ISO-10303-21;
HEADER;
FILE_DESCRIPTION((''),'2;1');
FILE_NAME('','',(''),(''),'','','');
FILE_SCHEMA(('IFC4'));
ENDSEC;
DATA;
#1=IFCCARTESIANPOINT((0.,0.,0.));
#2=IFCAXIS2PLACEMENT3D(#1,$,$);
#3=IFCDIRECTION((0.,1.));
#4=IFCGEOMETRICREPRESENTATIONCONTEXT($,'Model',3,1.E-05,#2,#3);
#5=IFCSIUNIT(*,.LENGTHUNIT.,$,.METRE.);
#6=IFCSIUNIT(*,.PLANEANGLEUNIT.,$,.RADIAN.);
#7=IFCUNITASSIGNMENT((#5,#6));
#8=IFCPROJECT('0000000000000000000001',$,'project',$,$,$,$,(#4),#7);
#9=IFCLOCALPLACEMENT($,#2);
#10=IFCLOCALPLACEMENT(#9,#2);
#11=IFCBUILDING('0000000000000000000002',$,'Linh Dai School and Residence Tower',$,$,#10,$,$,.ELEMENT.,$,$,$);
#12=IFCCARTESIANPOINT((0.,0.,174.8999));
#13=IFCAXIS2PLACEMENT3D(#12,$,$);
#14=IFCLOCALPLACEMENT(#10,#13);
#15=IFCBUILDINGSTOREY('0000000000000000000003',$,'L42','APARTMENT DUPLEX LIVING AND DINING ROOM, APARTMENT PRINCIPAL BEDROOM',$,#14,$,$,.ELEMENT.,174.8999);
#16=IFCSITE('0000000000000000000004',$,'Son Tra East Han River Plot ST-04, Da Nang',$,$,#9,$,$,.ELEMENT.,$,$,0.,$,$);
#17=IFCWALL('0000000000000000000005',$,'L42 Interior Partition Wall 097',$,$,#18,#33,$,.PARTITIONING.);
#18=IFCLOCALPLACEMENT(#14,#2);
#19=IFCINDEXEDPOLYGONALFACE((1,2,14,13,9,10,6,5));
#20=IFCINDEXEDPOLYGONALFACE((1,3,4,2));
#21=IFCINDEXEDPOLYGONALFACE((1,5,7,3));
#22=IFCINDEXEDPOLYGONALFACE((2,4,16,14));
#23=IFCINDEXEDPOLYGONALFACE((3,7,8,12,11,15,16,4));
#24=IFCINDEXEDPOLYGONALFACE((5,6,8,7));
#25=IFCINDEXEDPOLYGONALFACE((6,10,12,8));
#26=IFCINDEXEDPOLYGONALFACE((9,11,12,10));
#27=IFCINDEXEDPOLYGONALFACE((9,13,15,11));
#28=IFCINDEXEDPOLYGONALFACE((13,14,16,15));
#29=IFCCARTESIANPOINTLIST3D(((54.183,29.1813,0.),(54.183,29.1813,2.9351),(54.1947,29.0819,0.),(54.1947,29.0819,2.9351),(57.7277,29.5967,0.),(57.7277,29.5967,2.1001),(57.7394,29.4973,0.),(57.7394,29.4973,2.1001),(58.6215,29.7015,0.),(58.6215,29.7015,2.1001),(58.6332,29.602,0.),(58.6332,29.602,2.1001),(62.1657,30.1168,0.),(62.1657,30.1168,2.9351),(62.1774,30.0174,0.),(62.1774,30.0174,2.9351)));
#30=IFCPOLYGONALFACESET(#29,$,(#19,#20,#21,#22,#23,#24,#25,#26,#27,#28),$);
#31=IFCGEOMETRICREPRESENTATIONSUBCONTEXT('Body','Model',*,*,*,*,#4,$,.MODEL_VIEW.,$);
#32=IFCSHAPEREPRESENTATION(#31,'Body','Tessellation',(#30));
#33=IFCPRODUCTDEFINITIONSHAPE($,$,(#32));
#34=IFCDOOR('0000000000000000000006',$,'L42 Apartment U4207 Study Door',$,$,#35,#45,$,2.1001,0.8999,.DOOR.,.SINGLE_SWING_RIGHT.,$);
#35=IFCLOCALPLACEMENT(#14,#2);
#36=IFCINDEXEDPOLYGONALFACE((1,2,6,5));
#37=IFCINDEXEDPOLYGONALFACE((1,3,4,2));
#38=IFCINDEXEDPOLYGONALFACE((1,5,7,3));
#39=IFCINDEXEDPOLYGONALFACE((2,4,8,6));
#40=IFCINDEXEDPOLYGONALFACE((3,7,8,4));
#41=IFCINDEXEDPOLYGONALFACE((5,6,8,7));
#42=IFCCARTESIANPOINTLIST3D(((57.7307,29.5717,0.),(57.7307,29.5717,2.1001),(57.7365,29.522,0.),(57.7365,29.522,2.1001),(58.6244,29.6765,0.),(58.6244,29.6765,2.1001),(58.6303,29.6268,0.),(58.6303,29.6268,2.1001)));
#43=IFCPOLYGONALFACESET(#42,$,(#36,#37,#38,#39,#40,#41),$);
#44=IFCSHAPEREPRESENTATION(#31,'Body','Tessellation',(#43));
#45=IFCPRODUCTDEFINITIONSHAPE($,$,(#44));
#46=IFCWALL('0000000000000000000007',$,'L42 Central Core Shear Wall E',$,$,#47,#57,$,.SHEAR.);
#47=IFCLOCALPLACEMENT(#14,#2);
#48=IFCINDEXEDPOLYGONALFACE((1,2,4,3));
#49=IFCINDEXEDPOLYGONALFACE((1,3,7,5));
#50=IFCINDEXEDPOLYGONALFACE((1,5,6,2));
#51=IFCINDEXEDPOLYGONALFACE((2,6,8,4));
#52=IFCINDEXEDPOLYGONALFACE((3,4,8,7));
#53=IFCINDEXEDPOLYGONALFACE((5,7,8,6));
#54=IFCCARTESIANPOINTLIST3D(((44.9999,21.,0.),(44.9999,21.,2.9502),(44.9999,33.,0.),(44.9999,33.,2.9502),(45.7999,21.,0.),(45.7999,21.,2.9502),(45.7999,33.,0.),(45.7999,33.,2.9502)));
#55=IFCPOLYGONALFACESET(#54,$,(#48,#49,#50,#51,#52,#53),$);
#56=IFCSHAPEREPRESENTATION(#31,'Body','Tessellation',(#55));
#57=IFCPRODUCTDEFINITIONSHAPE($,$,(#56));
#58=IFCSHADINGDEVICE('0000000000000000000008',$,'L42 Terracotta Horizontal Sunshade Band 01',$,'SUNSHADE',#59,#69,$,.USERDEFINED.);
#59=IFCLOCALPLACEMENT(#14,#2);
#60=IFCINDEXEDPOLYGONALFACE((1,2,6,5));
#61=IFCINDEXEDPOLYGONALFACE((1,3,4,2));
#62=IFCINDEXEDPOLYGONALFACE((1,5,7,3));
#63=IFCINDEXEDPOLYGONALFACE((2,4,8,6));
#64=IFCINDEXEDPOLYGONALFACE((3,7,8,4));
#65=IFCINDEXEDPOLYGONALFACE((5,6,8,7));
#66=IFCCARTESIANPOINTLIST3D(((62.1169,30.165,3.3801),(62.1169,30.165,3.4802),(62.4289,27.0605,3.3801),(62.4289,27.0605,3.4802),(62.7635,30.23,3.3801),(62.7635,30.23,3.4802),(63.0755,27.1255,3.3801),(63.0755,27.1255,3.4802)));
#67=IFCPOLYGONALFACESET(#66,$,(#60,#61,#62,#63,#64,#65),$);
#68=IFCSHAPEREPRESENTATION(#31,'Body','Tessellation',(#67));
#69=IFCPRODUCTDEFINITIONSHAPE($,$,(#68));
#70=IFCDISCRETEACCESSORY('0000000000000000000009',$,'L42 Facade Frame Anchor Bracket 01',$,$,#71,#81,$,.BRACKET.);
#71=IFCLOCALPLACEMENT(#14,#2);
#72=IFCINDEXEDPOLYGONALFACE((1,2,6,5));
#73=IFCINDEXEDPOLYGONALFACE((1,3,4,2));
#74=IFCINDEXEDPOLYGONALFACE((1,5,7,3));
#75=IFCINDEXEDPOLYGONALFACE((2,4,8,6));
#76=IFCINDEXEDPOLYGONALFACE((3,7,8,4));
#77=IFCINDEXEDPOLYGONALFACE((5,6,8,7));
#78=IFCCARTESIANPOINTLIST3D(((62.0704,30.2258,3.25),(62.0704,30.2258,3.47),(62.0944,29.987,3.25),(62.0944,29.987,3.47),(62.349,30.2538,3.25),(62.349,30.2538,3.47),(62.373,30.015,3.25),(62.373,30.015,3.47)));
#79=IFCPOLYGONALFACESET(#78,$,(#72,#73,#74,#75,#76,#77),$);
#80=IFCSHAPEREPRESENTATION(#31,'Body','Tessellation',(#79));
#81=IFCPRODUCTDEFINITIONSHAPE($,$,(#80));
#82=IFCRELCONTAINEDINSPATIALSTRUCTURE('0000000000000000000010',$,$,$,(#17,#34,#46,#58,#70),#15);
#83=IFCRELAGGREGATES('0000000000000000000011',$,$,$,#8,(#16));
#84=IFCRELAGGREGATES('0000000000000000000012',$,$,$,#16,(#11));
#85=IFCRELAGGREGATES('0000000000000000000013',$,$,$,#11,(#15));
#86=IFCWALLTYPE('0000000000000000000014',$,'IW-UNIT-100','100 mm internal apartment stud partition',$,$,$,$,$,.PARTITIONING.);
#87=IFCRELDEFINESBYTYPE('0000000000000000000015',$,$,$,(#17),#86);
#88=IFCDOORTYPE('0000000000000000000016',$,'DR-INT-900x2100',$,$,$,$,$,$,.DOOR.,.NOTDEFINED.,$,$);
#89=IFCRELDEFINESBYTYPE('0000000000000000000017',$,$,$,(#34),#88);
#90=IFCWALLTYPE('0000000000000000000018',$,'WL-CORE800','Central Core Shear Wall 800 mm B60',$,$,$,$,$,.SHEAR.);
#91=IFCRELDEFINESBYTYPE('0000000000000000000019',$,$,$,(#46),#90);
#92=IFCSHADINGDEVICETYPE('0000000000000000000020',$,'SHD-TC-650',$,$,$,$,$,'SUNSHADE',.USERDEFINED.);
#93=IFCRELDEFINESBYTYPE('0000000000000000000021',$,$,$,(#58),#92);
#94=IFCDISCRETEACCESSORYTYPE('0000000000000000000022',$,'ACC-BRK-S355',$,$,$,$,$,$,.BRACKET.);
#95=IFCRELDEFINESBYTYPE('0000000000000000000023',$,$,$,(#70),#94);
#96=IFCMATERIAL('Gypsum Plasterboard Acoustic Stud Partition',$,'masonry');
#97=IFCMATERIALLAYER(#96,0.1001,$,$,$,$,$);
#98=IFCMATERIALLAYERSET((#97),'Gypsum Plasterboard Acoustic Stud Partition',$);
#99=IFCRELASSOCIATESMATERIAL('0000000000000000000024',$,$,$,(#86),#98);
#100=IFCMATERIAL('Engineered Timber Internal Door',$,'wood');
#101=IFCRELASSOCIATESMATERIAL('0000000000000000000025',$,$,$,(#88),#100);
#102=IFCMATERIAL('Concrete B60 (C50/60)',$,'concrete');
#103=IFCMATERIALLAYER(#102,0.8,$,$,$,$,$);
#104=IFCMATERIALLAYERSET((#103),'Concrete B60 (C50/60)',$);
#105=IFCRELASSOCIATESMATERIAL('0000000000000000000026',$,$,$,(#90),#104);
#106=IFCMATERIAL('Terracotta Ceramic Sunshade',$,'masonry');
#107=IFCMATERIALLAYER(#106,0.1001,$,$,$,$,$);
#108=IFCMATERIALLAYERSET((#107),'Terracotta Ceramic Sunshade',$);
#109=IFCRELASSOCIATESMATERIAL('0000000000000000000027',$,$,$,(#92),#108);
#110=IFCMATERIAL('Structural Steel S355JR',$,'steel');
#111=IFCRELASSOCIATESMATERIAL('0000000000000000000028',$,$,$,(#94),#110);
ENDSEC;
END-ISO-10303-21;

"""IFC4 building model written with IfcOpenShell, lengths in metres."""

from ifc_helpers import new_model, si_unit, direction, frame, frame_2d, origin, origin_2d, place, context, subcontext, project, spatial, rectangle, extrude, source, transform, mapped, material, layer, layer_set, type_object, element, fill, save


model = new_model("IFC4")

# Units and contexts
model_context = context("Model", 3, precision=1e-05, world=origin(), true_north=direction((0.0, 1.0)))
body_context = subcontext(model_context, "Body", "Model", "MODEL_VIEW")
ifc_project = project(units=[si_unit("LENGTHUNIT", "METRE"), si_unit("PLANEANGLEUNIT", "RADIAN")], contexts=[model_context])

# Site, building, storey
site_placement = place(None, origin())
site = spatial("IfcSite", under=ifc_project, at=site_placement, Name="Son Tra East Han River Plot ST-04, Da Nang", CompositionType="ELEMENT", RefElevation=0.0)
building_placement = place(site_placement, origin())
building = spatial("IfcBuilding", under=site, at=building_placement, Name="Linh Dai School and Residence Tower", CompositionType="ELEMENT")
storey_placement = place(building_placement, frame((0.0, 0.0, 174.8999)))
storey = spatial("IfcBuildingStorey", under=building, at=storey_placement, Name="L42", Description="APARTMENT DUPLEX LIVING AND DINING ROOM, APARTMENT PRINCIPAL BEDROOM", CompositionType="ELEMENT", Elevation=174.8999)

# Shared definitions
ifc_material_1 = material(Name="Concrete B60 (C50/60)", Category="concrete")
ifc_material_2 = material(Name="Structural Steel S355JR", Category="steel")

# Shared definitions
ifc_material_3 = material(Name="Gypsum Plasterboard Acoustic Stud Partition", Category="masonry")
ifc_layer_1 = layer(ifc_material_3, 0.1001)
ifc_layer_set_1 = layer_set([ifc_layer_1], Name="Gypsum Plasterboard Acoustic Stud Partition")
wall_type_1 = type_object("IfcWallType", Name="IW-UNIT-100", Description="100 mm internal apartment stud partition", PredefinedType="PARTITIONING", material=ifc_layer_set_1)

# Wall, opening, door
wall_1_placement = place(storey_placement, frame((54.189, 29.1316, 0.0), z_axis=(0.0, 0.0, 1.0), x_axis=(0.993202, 0.116401, 0.0)))
wall_1 = element("IfcWall", 1, at=wall_1_placement, inside=storey, type_object=wall_type_1, Name="L42 Interior Partition Wall 097", PredefinedType="PARTITIONING", context=body_context, shape_type="SweptSolid", body=[
    extrude(rectangle(XDim=8.0374, YDim=0.1001, at=frame_2d((4.0186, 0.0))), origin(), (0.0, 0.0, 1.0), 2.9351),
])
opening_placement = place(wall_1_placement, frame((3.5688, 0.0, 0.0)))
opening = element("IfcOpeningElement", 2, at=opening_placement, cuts=wall_1, PredefinedType="OPENING", context=body_context, shape_type="SweptSolid", body=[
    extrude(rectangle(XDim=0.8999, YDim=2.1001, at=origin_2d()), frame((0.45, 0.0601, 1.05), z_axis=(0.0, -1.0, 0.0), x_axis=(1.0, 0.0, 0.0)), (0.0, 0.0, 1.0), 0.1201),
])
ifc_material_4 = material(Name="Engineered Timber Internal Door", Category="wood")
door_type = type_object("IfcDoorType", Name="DR-INT-900x2100", OperationType="NOTDEFINED", PredefinedType="DOOR", material=ifc_material_4)
shared_shape_1 = source(origin(), body_context, "Body", "SweptSolid", [
    extrude(rectangle(XDim=0.8999, YDim=2.1001, at=origin_2d()), frame((0.45, 0.0249, 1.05), z_axis=(0.0, -1.0, 0.0), x_axis=(1.0, 0.0, 0.0)), (0.0, 0.0, 1.0), 0.05),
])
door_placement = place(opening_placement, origin())
door = element("IfcDoor", 3, at=door_placement, inside=storey, type_object=door_type, Name="L42 Apartment U4207 Study Door", OperationType="SINGLE_SWING_RIGHT", OverallHeight=2.1001, OverallWidth=0.8999, PredefinedType="DOOR", context=body_context, shape_type="MappedRepresentation", body=[
    mapped(shared_shape_1, transform((0.0, 0.0, 0.0), x_axis=(1.0, 0.0, 0.0), y_axis=(0.0, 1.0, 0.0), z_axis=(0.0, 0.0, 1.0), scale=1.0)),
])
fill(opening, door)

# Wall
ifc_layer_2 = layer(ifc_material_1, 0.8)
ifc_layer_set_2 = layer_set([ifc_layer_2], Name="Concrete B60 (C50/60)")
wall_type_2 = type_object("IfcWallType", Name="WL-CORE800", Description="Central Core Shear Wall 800 mm B60", PredefinedType="SHEAR", material=ifc_layer_set_2)
wall_2_placement = place(storey_placement, frame((45.3999, 33.0, 0.0), z_axis=(0.0, 0.0, 1.0), x_axis=(0.0, -1.0, 0.0)))
element("IfcWall", 4, at=wall_2_placement, inside=storey, type_object=wall_type_2, Name="L42 Central Core Shear Wall E", PredefinedType="SHEAR", context=body_context, shape_type="SweptSolid", body=[
    extrude(rectangle(XDim=12.0, YDim=0.8, at=frame_2d((6.0, 0.0))), origin(), (0.0, 0.0, 1.0), 2.9502),
])

# Shading device
ifc_material_5 = material(Name="Terracotta Ceramic Sunshade", Category="masonry")
ifc_layer_3 = layer(ifc_material_5, 0.1001)
ifc_layer_set_3 = layer_set([ifc_layer_3], Name="Terracotta Ceramic Sunshade")
shading_device_type = type_object("IfcShadingDeviceType", Name="SHD-TC-650", ElementType="SUNSHADE", PredefinedType="USERDEFINED", material=ifc_layer_set_3)
shared_shape_2 = source(origin(), body_context, "Body", "SweptSolid", [
    extrude(rectangle(XDim=3.1201, YDim=0.6499, at=origin_2d()), origin(), (0.0, 0.0, 1.0), 0.1001),
])
shading_device_placement = place(storey_placement, frame((62.5962, 28.6453, 3.3801), z_axis=(0.0, 0.0, 1.0), x_axis=(0.100002, -0.994987, 0.0)))
element("IfcShadingDevice", 5, at=shading_device_placement, inside=storey, type_object=shading_device_type, Name="L42 Terracotta Horizontal Sunshade Band 01", ObjectType="SUNSHADE", PredefinedType="USERDEFINED", context=body_context, shape_type="MappedRepresentation", body=[
    mapped(shared_shape_2, transform((0.0, 0.0, 0.0), x_axis=(1.0, 0.0, 0.0), y_axis=(0.0, 1.0, 0.0), z_axis=(0.0, 0.0, 1.0), scale=1.0)),
])

# Discrete accessory
discrete_accessory_type = type_object("IfcDiscreteAccessoryType", Name="ACC-BRK-S355", PredefinedType="BRACKET", material=ifc_material_2)
shared_shape_3 = source(origin(), body_context, "Body", "SweptSolid", [
    extrude(rectangle(XDim=0.28, YDim=0.24, at=origin_2d()), origin(), (0.0, 0.0, 1.0), 0.22),
])
discrete_accessory_placement = place(storey_placement, frame((62.2217, 30.1204, 3.25), z_axis=(0.0, 0.0, 1.0), x_axis=(0.994987, 0.100002, 0.0)))
element("IfcDiscreteAccessory", 6, at=discrete_accessory_placement, inside=storey, type_object=discrete_accessory_type, Name="L42 Facade Frame Anchor Bracket 01", PredefinedType="BRACKET", context=body_context, shape_type="MappedRepresentation", body=[
    mapped(shared_shape_3, transform((0.0, 0.0, 0.0), x_axis=(1.0, 0.0, 0.0), y_axis=(0.0, 1.0, 0.0), z_axis=(0.0, 0.0, 1.0), scale=1.0)),
])

save(model, "model.ifc")
